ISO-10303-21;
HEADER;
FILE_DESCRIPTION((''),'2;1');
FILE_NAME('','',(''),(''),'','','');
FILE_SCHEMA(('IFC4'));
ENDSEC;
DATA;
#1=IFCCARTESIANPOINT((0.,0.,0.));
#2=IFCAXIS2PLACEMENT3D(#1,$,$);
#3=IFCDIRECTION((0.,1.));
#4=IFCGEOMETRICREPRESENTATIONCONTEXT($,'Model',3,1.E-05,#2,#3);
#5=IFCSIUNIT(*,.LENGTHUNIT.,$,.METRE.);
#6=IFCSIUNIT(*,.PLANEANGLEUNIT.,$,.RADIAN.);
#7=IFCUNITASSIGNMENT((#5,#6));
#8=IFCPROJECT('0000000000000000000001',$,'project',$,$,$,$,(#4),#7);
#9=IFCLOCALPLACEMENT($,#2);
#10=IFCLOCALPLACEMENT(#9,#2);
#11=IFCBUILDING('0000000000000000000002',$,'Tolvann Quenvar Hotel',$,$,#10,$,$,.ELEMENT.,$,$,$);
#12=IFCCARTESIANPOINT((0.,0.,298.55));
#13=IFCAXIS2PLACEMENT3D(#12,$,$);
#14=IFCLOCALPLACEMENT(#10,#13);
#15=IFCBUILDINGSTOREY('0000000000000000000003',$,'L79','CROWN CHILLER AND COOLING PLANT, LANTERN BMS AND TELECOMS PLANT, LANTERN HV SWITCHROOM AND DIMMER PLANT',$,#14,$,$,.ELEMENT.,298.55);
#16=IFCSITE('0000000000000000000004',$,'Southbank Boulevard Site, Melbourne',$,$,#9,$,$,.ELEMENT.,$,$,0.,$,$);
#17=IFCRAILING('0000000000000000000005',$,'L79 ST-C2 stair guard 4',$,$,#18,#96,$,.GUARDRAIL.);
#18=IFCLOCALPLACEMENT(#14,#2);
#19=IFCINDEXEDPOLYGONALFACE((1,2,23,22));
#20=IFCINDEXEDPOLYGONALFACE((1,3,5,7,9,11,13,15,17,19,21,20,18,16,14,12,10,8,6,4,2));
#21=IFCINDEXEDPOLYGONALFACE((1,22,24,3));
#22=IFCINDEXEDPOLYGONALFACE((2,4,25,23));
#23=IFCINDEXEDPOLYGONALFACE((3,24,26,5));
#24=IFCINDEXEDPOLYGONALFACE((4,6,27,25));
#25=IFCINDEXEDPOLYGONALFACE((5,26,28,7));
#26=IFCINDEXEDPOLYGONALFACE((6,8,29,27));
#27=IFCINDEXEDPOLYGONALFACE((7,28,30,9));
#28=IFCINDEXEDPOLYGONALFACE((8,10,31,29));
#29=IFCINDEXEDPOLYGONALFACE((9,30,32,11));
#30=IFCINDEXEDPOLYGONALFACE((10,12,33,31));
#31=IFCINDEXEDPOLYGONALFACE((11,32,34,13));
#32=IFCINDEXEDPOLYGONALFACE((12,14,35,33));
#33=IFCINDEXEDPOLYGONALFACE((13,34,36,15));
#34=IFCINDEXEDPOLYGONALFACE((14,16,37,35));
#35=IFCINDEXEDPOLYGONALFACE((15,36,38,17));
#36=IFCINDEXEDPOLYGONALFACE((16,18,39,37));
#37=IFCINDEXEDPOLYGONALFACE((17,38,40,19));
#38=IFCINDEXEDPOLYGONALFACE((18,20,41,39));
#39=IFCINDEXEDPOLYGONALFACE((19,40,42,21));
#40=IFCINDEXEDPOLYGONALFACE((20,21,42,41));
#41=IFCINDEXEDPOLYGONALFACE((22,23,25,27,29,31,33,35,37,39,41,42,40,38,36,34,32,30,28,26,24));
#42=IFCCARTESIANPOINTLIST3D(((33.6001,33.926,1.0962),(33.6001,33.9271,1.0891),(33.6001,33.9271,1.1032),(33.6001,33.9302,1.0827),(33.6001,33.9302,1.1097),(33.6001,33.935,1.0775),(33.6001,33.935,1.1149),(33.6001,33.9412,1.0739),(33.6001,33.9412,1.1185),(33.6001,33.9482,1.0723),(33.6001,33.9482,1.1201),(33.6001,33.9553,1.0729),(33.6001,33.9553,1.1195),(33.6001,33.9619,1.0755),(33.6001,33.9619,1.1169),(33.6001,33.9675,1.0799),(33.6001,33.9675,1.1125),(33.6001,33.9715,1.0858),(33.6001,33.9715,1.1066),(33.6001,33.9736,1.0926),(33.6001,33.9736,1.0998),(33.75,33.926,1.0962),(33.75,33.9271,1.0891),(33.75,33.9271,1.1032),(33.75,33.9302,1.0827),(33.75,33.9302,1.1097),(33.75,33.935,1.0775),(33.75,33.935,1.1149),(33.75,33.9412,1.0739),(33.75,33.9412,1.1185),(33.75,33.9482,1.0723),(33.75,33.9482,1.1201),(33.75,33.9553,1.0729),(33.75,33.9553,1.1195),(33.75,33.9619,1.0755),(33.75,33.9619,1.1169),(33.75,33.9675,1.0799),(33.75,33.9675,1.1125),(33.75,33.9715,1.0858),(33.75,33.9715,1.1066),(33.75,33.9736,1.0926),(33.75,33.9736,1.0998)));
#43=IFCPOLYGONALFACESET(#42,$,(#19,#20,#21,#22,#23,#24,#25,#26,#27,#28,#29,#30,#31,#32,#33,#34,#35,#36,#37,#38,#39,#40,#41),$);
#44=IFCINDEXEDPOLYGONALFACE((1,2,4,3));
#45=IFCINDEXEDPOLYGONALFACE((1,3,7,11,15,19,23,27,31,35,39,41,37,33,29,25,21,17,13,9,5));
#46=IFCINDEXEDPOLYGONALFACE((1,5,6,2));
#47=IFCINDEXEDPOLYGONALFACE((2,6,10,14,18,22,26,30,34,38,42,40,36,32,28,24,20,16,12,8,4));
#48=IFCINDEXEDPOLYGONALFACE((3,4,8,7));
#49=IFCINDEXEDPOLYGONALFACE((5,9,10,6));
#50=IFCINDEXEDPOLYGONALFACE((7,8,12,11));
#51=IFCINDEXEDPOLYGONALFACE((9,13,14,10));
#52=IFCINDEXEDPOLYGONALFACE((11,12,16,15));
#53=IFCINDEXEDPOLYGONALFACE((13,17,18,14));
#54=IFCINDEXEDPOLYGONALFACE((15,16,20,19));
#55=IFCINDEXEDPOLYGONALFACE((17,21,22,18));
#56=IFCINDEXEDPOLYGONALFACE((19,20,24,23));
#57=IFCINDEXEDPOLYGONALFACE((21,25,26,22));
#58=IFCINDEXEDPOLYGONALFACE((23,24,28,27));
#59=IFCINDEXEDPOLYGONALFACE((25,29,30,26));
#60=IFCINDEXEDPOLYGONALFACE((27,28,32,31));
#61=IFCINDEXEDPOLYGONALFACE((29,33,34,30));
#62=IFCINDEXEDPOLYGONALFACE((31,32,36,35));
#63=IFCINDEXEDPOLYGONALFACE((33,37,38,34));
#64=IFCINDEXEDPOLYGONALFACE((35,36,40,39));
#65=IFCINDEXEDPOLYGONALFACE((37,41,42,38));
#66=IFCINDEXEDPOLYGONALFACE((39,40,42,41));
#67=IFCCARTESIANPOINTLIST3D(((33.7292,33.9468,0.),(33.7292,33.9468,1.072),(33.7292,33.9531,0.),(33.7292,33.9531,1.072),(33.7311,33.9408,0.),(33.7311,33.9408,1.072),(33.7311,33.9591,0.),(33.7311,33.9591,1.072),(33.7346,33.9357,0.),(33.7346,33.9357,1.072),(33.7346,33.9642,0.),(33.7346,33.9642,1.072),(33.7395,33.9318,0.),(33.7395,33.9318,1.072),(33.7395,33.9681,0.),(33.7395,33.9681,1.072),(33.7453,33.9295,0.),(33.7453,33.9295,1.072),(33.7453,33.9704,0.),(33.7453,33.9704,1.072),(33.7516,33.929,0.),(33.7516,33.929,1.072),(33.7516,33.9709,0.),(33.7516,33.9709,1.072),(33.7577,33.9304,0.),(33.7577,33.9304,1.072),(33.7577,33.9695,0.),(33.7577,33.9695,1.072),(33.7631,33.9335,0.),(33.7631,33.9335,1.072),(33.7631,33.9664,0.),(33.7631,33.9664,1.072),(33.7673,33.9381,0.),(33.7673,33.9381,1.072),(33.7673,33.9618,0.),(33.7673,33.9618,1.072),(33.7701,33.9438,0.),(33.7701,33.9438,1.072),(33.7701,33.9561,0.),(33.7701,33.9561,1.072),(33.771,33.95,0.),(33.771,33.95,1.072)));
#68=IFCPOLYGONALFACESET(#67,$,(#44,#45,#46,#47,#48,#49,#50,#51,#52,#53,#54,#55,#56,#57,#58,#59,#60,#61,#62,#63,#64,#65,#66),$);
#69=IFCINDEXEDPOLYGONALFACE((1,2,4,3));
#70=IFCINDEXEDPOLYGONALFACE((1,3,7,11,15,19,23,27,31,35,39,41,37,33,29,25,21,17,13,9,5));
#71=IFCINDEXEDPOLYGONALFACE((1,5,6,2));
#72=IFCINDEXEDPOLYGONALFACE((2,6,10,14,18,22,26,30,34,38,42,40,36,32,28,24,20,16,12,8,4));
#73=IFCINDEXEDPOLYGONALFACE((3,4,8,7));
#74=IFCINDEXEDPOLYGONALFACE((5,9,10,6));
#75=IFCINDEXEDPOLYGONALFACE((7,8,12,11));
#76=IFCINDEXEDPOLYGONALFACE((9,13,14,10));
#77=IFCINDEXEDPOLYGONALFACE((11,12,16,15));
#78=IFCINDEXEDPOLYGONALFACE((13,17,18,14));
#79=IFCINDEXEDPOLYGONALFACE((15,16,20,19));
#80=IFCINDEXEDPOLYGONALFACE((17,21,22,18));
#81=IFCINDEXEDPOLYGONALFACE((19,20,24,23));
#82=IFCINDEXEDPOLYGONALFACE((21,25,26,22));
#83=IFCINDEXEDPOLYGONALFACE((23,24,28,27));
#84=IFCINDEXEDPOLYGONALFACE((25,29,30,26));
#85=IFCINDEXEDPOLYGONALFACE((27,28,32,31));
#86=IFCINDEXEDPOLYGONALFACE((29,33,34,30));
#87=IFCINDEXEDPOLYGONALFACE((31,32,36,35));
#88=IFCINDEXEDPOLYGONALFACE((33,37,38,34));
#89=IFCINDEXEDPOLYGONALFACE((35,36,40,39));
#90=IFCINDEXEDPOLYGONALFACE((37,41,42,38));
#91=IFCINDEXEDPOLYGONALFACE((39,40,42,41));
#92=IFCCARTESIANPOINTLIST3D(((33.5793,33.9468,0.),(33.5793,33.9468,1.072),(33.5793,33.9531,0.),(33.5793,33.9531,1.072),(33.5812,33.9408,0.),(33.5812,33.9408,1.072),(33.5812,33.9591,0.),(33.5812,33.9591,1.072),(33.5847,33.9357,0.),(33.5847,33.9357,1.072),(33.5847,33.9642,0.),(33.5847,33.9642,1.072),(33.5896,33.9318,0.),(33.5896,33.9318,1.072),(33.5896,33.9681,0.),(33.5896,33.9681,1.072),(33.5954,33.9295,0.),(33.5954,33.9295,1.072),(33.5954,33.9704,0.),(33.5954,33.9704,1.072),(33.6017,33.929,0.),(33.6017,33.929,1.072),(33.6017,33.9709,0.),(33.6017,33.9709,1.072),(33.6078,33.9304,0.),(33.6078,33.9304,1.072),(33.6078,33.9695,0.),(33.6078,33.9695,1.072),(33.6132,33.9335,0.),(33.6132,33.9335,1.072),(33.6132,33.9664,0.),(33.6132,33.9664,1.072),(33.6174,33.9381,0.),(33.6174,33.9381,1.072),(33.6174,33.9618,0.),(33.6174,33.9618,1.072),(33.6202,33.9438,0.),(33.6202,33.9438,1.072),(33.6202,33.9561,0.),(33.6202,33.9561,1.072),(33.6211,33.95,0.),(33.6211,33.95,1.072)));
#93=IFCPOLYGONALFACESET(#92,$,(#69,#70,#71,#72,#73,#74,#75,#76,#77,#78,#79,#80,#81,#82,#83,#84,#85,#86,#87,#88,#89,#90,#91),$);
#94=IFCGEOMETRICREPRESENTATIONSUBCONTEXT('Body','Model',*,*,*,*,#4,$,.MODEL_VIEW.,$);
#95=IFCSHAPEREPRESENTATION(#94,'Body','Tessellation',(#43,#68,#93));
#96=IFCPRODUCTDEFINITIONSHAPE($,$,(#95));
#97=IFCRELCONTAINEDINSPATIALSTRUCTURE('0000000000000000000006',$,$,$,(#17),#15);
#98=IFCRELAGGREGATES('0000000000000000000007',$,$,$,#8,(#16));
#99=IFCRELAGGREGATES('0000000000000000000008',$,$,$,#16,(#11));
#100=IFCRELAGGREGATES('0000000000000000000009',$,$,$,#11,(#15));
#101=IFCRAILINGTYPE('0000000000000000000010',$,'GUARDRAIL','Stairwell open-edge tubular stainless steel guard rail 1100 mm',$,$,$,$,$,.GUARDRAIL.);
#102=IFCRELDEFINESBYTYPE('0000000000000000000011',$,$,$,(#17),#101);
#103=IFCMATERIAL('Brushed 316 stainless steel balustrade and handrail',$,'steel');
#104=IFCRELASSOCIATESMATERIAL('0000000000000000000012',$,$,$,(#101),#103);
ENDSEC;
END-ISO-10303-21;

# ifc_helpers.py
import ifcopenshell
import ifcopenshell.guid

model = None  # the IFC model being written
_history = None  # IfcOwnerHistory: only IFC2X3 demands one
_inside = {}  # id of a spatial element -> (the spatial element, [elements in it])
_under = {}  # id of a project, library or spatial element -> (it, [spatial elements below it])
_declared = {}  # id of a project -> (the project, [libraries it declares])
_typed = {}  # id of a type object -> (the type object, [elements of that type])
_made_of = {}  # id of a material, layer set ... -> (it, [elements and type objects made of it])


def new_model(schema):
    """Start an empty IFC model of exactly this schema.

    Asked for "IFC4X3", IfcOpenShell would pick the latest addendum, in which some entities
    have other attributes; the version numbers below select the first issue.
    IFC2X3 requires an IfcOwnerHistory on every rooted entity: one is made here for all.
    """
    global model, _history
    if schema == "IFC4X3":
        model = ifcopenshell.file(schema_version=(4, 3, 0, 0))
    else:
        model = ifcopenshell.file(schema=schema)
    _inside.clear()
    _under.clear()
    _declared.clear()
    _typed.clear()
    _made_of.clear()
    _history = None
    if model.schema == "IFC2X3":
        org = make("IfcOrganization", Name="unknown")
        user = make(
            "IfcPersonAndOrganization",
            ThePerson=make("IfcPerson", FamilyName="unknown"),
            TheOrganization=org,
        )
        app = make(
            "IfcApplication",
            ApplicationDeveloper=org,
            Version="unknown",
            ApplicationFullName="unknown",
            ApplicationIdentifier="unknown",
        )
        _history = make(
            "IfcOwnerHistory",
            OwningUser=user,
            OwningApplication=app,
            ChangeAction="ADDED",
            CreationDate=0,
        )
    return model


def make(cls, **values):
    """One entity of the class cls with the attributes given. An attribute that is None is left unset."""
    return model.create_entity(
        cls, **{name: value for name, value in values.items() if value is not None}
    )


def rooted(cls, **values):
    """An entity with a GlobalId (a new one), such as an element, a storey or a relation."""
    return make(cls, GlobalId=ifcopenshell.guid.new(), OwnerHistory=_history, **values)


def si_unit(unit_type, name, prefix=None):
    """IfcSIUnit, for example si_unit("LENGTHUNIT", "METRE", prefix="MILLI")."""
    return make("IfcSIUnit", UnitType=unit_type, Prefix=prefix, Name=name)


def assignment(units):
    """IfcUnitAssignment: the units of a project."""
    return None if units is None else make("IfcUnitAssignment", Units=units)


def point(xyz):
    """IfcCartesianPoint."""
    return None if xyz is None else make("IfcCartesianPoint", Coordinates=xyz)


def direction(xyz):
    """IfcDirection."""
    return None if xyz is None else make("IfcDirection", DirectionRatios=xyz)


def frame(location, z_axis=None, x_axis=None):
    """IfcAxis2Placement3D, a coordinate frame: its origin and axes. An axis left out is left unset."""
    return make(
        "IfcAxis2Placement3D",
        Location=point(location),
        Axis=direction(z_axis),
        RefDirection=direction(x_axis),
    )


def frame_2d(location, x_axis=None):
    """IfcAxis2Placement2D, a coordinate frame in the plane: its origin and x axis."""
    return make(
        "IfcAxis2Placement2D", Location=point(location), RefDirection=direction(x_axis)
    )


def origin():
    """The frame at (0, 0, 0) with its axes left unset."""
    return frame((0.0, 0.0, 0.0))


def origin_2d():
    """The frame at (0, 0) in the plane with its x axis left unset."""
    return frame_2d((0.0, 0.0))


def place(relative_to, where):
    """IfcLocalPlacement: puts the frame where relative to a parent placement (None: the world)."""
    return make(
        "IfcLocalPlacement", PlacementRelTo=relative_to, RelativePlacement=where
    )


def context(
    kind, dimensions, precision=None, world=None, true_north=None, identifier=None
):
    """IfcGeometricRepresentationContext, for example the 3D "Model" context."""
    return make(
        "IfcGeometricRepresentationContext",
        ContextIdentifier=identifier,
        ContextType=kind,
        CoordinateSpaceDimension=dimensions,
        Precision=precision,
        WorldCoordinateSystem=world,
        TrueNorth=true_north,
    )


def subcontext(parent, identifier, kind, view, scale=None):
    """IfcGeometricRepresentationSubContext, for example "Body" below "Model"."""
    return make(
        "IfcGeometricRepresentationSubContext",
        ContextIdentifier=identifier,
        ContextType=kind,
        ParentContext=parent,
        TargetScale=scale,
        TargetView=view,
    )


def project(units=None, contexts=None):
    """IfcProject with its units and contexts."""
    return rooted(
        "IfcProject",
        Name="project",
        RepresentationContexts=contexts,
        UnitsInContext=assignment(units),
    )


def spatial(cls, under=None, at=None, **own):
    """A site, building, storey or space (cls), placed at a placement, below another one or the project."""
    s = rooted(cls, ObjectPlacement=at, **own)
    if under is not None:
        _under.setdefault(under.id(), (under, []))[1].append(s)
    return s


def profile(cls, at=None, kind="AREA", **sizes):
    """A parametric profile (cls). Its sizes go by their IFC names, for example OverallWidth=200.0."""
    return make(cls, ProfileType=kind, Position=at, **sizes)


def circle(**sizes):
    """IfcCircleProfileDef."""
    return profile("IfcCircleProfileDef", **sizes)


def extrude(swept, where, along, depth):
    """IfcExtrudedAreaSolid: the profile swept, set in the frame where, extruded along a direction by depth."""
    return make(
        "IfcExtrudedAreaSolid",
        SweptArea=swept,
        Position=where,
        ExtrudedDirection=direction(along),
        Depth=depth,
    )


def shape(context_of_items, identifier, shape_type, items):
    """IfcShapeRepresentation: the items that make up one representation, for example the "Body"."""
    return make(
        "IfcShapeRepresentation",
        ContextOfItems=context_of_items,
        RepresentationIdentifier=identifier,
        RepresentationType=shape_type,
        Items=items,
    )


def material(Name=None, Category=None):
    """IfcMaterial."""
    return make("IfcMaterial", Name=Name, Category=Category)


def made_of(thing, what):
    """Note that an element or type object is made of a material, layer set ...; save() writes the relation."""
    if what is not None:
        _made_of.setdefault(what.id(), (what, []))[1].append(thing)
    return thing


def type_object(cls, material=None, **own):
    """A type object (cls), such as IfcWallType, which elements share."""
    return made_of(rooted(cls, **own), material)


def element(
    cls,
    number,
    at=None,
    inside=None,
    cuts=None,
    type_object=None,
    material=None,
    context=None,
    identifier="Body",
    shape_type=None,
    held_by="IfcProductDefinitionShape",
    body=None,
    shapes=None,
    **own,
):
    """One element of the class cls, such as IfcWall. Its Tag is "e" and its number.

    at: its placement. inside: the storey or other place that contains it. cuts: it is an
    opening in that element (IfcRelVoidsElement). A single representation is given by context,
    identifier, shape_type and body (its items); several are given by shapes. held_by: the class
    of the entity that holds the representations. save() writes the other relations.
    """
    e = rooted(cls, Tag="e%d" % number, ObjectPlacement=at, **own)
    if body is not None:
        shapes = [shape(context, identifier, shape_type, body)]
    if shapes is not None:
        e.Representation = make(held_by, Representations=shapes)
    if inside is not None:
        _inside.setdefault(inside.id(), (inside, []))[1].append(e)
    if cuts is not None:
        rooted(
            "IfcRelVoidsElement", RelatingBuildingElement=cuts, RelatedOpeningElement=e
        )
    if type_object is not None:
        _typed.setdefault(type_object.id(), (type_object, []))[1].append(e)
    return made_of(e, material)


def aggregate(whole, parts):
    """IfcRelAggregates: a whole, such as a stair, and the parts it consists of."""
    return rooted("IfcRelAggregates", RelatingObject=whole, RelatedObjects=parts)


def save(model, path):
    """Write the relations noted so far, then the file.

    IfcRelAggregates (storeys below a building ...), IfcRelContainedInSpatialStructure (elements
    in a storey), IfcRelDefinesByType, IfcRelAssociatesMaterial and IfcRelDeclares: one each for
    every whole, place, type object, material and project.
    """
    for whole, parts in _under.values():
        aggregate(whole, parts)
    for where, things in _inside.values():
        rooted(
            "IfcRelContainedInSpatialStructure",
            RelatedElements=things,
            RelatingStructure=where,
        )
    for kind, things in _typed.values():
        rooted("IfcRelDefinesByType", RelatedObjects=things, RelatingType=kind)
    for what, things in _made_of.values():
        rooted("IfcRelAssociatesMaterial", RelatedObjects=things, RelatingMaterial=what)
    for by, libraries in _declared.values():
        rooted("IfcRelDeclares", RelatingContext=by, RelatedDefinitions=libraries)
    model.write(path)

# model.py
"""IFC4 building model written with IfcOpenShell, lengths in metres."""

from ifc_helpers import new_model, si_unit, direction, frame, origin, origin_2d, place, context, subcontext, project, spatial, circle, extrude, material, type_object, element, save


model = new_model("IFC4")

# Units and contexts
model_context = context("Model", 3, precision=1e-05, world=origin(), true_north=direction((0.0, 1.0)))
body_context = subcontext(model_context, "Body", "Model", "MODEL_VIEW")
ifc_project = project(units=[si_unit("LENGTHUNIT", "METRE"), si_unit("PLANEANGLEUNIT", "RADIAN")], contexts=[model_context])

# Site, building, storey
site_placement = place(None, origin())
site = spatial("IfcSite", under=ifc_project, at=site_placement, Name="Southbank Boulevard Site, Melbourne", CompositionType="ELEMENT", RefElevation=0.0)
building_placement = place(site_placement, origin())
building = spatial("IfcBuilding", under=site, at=building_placement, Name="Tolvann Quenvar Hotel", CompositionType="ELEMENT")
storey_placement = place(building_placement, frame((0.0, 0.0, 298.55)))
storey = spatial("IfcBuildingStorey", under=building, at=storey_placement, Name="L79", Description="CROWN CHILLER AND COOLING PLANT, LANTERN BMS AND TELECOMS PLANT, LANTERN HV SWITCHROOM AND DIMMER PLANT", CompositionType="ELEMENT", Elevation=298.55)

# Railing
ifc_material_1 = material(Name="Brushed 316 stainless steel balustrade and handrail", Category="steel")
railing_type_1 = type_object("IfcRailingType", Name="GUARDRAIL", Description="Stairwell open-edge tubular stainless steel guard rail 1100 mm", PredefinedType="GUARDRAIL", material=ifc_material_1)
railing_1_placement = place(storey_placement, frame((33.75, 33.95, 0.0)))
element("IfcRailing", 1, at=railing_1_placement, inside=storey, type_object=railing_type_1, Name="L79 ST-C2 stair guard 4", PredefinedType="GUARDRAIL", context=body_context, shape_type="SweptSolid", body=[
    extrude(circle(Radius=0.0239, at=origin_2d()), frame((0.0, 0.0, 1.0962), z_axis=(-1.0, 0.0, 0.0), x_axis=(0.0, -1.0, 0.0)), (0.0, 0.0, 1.0), 0.1499),
    extrude(circle(Radius=0.021, at=origin_2d()), origin(), (0.0, 0.0, 1.0), 1.072),
    extrude(circle(Radius=0.021, at=origin_2d()), frame((-0.1499, 0.0, 0.0)), (0.0, 0.0, 1.0), 1.072),
])

save(model, "model.ifc")
